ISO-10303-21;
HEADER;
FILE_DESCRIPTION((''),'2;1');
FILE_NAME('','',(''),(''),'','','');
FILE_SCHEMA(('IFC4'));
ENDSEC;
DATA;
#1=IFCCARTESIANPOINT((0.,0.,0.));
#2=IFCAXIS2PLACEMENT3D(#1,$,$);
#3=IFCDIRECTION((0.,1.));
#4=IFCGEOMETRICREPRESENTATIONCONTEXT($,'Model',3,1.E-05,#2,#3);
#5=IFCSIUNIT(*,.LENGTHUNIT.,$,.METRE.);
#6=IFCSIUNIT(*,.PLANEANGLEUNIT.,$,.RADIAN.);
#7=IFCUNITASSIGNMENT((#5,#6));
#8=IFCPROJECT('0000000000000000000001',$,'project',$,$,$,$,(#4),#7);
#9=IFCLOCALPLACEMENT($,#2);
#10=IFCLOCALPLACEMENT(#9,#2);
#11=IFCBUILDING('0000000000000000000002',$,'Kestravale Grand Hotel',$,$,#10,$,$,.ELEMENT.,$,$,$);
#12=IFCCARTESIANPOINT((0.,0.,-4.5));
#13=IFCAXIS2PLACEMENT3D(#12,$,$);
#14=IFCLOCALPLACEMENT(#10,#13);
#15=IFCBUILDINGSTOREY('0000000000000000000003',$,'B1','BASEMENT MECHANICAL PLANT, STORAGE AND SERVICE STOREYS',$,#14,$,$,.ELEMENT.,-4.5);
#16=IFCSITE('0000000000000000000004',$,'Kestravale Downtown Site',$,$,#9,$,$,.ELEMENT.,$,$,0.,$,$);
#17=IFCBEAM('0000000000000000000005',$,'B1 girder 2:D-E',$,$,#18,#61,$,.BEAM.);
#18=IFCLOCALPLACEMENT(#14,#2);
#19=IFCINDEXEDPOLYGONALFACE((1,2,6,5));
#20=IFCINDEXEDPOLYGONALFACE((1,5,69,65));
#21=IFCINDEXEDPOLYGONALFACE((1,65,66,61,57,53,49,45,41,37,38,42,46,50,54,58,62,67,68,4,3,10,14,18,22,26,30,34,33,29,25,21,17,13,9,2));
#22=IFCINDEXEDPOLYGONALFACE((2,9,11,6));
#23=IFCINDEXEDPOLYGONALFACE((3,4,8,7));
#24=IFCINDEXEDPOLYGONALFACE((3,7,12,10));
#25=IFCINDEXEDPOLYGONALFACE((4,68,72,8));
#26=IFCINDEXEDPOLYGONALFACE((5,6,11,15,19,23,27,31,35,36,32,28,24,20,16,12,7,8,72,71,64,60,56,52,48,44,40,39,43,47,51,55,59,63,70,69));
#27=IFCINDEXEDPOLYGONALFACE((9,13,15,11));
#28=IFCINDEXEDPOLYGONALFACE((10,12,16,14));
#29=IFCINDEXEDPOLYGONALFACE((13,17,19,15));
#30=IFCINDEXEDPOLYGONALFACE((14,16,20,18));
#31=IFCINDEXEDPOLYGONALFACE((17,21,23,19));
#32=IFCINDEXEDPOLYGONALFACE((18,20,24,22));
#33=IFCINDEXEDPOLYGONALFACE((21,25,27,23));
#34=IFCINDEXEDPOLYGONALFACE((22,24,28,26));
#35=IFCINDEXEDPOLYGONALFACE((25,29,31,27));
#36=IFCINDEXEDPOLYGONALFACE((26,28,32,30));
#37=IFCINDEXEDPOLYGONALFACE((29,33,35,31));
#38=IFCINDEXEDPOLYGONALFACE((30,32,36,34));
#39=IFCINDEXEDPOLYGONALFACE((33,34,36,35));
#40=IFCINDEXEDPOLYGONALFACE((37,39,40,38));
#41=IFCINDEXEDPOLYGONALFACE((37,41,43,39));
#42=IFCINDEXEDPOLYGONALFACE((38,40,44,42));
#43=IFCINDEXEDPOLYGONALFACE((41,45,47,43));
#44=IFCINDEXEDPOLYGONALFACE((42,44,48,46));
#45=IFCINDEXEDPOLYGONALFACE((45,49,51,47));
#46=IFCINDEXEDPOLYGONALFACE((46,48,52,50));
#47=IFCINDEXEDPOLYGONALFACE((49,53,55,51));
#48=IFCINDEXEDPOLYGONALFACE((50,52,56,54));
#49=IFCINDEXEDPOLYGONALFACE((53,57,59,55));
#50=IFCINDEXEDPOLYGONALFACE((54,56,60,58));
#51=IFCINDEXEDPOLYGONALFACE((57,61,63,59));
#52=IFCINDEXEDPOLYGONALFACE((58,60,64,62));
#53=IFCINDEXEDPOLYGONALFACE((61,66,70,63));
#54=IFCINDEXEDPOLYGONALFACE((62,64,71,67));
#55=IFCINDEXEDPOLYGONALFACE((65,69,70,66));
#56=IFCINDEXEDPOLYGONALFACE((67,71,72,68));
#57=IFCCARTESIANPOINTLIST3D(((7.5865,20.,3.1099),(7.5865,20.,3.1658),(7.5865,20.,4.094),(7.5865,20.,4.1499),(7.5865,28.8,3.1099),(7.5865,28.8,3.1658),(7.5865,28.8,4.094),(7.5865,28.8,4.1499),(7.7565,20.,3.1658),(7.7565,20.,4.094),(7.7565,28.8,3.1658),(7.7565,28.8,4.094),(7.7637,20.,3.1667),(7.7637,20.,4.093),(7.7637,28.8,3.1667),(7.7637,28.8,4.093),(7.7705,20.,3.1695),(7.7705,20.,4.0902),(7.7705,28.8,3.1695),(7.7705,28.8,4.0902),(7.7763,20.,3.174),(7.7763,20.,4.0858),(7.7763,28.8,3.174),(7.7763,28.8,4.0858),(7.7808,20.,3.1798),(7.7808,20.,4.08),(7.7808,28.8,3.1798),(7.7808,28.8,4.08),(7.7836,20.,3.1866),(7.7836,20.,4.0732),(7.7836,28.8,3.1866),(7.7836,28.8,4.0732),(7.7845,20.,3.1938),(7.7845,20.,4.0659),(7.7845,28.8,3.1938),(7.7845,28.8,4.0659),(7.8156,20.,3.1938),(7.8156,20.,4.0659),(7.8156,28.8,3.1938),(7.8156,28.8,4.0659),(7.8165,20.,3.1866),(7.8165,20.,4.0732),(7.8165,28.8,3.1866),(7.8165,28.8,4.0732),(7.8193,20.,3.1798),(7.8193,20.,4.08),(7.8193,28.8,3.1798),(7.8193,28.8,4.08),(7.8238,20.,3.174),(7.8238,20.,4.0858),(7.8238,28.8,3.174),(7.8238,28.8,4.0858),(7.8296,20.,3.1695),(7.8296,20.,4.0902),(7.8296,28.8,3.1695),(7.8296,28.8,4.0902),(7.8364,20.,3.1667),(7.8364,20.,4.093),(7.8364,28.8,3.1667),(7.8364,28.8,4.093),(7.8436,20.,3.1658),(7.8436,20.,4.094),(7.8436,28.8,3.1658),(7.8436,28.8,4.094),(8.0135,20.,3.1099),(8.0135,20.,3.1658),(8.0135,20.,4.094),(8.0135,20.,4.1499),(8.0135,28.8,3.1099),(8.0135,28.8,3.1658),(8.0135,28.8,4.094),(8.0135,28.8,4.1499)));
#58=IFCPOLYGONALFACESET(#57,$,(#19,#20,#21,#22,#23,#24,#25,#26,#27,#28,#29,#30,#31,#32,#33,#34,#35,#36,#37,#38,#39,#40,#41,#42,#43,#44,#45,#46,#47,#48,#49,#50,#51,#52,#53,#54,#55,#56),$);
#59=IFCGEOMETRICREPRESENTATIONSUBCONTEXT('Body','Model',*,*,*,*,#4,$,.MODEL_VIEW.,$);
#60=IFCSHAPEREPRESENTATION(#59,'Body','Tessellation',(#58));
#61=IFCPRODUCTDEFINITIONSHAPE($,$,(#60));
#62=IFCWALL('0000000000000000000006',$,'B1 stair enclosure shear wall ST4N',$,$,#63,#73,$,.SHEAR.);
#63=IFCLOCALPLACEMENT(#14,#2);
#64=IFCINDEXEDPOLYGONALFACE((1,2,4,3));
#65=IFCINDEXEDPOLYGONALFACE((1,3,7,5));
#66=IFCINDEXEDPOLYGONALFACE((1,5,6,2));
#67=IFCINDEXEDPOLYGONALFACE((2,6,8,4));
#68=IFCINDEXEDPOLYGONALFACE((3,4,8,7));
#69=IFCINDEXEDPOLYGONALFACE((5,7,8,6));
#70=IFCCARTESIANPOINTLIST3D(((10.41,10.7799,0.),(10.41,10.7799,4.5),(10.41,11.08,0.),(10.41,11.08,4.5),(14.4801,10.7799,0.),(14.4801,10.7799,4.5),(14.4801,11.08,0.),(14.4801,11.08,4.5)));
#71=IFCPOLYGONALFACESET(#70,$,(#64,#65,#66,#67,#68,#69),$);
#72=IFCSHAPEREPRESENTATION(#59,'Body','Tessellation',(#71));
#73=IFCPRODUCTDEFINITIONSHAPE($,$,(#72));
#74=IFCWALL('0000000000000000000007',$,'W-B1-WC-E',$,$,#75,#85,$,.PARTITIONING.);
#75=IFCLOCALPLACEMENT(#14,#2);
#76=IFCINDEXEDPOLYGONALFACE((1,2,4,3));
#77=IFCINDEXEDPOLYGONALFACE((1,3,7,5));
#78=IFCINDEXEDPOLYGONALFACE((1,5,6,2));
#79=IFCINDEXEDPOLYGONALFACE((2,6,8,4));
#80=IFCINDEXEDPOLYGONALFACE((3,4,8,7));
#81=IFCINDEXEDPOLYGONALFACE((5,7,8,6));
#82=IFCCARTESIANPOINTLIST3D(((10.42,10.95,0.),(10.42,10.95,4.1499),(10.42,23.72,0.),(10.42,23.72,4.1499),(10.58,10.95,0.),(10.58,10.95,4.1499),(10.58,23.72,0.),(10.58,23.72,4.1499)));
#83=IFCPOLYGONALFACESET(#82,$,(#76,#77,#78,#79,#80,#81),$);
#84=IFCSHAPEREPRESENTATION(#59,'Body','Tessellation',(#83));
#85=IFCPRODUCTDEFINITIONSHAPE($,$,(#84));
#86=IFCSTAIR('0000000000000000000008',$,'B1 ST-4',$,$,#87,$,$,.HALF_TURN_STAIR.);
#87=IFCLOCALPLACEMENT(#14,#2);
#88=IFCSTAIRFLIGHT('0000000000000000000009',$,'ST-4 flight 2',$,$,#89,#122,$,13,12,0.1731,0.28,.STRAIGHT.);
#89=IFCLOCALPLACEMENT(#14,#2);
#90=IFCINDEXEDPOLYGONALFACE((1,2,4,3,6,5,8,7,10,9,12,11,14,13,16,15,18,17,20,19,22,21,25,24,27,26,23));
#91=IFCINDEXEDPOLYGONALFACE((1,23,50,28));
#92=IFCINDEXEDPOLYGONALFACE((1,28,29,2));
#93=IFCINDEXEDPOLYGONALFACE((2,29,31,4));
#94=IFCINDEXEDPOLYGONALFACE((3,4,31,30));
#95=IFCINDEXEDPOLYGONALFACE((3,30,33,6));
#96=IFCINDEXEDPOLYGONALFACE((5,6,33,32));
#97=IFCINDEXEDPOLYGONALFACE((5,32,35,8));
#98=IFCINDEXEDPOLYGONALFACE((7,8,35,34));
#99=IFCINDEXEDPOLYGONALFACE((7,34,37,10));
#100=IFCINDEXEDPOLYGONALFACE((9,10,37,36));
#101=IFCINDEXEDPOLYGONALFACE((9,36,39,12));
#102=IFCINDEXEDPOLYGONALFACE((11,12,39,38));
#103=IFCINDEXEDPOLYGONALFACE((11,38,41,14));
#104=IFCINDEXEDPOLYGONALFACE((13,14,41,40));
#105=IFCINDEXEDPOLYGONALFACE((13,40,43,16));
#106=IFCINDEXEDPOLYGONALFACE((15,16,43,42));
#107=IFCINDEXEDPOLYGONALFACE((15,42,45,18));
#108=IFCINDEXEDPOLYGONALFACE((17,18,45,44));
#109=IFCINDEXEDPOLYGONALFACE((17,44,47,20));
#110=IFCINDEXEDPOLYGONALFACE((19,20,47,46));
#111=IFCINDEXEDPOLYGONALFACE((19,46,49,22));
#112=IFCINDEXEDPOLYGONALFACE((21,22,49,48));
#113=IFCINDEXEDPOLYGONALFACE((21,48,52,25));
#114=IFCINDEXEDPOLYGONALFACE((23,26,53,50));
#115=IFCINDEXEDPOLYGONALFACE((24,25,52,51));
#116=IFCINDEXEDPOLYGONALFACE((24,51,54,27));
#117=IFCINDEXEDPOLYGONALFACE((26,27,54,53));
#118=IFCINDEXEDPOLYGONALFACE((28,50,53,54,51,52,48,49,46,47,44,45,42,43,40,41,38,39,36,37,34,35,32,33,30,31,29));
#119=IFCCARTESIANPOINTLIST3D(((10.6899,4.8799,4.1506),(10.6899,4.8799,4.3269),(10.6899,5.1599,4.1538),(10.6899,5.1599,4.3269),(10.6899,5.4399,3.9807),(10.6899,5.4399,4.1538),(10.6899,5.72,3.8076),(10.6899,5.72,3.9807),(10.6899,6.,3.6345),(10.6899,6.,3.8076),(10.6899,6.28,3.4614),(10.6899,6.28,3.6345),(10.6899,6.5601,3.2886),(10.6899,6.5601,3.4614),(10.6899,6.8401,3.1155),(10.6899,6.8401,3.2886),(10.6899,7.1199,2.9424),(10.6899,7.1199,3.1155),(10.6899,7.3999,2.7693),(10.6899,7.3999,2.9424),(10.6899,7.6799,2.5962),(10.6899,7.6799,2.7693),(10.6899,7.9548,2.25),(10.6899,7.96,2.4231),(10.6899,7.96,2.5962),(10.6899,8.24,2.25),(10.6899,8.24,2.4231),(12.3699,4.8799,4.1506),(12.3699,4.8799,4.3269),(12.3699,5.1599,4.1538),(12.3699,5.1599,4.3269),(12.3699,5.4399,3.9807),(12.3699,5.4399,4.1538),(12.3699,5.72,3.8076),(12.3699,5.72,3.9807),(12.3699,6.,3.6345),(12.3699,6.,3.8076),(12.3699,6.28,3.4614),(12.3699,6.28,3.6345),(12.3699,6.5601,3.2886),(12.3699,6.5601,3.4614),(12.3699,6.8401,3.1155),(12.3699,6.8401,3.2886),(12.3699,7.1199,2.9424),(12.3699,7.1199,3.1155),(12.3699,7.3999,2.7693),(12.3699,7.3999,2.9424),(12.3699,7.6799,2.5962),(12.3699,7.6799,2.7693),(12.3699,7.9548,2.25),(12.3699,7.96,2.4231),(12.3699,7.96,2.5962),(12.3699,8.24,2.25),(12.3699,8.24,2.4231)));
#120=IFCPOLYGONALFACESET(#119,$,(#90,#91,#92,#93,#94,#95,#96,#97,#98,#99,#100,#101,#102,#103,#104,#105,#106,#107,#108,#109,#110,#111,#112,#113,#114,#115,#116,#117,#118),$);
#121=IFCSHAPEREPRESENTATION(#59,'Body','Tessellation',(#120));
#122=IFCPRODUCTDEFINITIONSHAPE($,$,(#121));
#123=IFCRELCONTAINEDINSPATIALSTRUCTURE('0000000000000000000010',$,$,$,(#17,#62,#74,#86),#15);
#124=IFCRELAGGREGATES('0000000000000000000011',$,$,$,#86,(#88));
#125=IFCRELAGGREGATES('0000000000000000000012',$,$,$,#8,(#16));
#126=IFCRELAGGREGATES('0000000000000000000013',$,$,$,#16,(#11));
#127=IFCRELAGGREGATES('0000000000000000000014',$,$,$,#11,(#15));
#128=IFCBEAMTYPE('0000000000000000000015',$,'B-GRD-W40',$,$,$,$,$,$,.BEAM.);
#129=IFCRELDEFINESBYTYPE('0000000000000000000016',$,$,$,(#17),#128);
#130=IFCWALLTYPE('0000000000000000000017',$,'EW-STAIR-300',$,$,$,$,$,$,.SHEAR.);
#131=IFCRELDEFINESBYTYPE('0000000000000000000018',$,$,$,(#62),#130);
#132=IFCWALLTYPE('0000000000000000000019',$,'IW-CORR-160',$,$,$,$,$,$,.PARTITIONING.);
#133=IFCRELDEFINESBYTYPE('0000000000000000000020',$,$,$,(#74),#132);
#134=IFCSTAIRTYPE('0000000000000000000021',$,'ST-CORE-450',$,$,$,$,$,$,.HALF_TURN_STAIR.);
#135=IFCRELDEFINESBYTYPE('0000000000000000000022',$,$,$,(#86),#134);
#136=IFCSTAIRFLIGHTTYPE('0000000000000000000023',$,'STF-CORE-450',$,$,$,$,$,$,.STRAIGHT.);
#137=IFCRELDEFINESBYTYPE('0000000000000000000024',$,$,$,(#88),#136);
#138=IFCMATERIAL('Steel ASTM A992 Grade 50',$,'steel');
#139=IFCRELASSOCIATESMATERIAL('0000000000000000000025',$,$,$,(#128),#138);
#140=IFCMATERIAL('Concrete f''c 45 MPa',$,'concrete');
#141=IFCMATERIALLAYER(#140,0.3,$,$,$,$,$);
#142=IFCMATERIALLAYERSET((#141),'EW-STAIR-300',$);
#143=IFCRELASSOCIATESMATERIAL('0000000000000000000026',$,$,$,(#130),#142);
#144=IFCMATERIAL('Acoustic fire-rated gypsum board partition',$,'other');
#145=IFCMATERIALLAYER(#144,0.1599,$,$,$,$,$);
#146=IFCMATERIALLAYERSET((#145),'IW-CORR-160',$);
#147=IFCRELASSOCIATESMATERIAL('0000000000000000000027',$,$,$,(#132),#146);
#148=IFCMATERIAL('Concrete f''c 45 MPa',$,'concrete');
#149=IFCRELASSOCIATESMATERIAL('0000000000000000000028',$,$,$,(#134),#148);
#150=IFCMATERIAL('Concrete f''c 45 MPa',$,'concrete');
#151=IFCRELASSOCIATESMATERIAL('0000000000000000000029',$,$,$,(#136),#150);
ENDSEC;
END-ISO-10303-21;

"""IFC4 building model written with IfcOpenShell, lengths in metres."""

from ifc_helpers import new_model, si_unit, direction, frame, frame_2d, origin, origin_2d, place, context, subcontext, project, spatial, polyline, rectangle, i_section, outline, extrude, material, layer, layer_set, material_profile, profile_set, type_object, element, aggregate, save


model = new_model("IFC4")

# Units and contexts
model_context = context("Model", 3, precision=1e-05, world=origin(), true_north=direction((0.0, 1.0)))
body_context = subcontext(model_context, "Body", "Model", "MODEL_VIEW")
ifc_project = project(units=[si_unit("LENGTHUNIT", "METRE"), si_unit("PLANEANGLEUNIT", "RADIAN")], contexts=[model_context])

# Site, building, storey
site_placement = place(None, origin())
site = spatial("IfcSite", under=ifc_project, at=site_placement, Name="Kestravale Downtown Site", CompositionType="ELEMENT", RefElevation=0.0)
building_placement = place(site_placement, origin())
building = spatial("IfcBuilding", under=site, at=building_placement, Name="Kestravale Grand Hotel", CompositionType="ELEMENT")
storey_placement = place(building_placement, frame((0.0, 0.0, -4.5)))
storey = spatial("IfcBuildingStorey", under=building, at=storey_placement, Name="B1", Description="BASEMENT MECHANICAL PLANT, STORAGE AND SERVICE STOREYS", CompositionType="ELEMENT", Elevation=-4.5)

# Beam
ifc_material_1 = material(Name="Steel ASTM A992 Grade 50", Category="steel")
ifc_material_profile_1 = material_profile(ifc_material_1, i_section(OverallWidth=0.427, OverallDepth=1.04, WebThickness=0.031, FlangeThickness=0.0559, FilletRadius=0.0281, at=origin_2d()))
ifc_profile_set_1 = profile_set([ifc_material_profile_1], Name="Steel ASTM A992 Grade 50")
beam_type_1 = type_object("IfcBeamType", Name="B-GRD-W40", PredefinedType="BEAM", material=ifc_profile_set_1)
for number, where, z_axis, x_axis, name in (
    (1, (7.8, 20.0, 3.6299), (0.0, 1.0, 0.0), (-1.0, 0.0, 0.0), "B1 girder 2:D-E"),
):
    element("IfcBeam", number, at=place(storey_placement, frame(where, z_axis=z_axis, x_axis=x_axis)), inside=storey, type_object=beam_type_1, Name=name, PredefinedType="BEAM", context=body_context, shape_type="SweptSolid", body=[
        extrude(i_section(OverallWidth=0.427, OverallDepth=1.04, WebThickness=0.031, FlangeThickness=0.0559, FilletRadius=0.0281, at=origin_2d()), origin(), (0.0, 0.0, 1.0), 8.8),
    ])

# Walls
ifc_material_2 = material(Name="Concrete f'c 45 MPa", Category="concrete")
ifc_layer_1 = layer(ifc_material_2, 0.3)
ifc_layer_set_1 = layer_set([ifc_layer_1], Name="EW-STAIR-300")
wall_type_1 = type_object("IfcWallType", Name="EW-STAIR-300", PredefinedType="SHEAR", material=ifc_layer_set_1)
wall_1_placement = place(storey_placement, frame((10.4099, 10.9299, 0.0), z_axis=(0.0, 0.0, 1.0), x_axis=(1.0, 0.0, 0.0)))
element("IfcWall", 2, at=wall_1_placement, inside=storey, type_object=wall_type_1, Name="B1 stair enclosure shear wall ST4N", PredefinedType="SHEAR", context=body_context, shape_type="SweptSolid", body=[
    extrude(rectangle(XDim=4.0701, YDim=0.3, at=frame_2d((2.0352, 0.0))), origin(), (0.0, 0.0, 1.0), 4.5),
])
ifc_material_3 = material(Name="Acoustic fire-rated gypsum board partition", Category="other")
ifc_layer_2 = layer(ifc_material_3, 0.1599)
ifc_layer_set_2 = layer_set([ifc_layer_2], Name="IW-CORR-160")
wall_type_2 = type_object("IfcWallType", Name="IW-CORR-160", PredefinedType="PARTITIONING", material=ifc_layer_set_2)
wall_2_placement = place(storey_placement, frame((10.5, 10.95, 0.0), z_axis=(0.0, 0.0, 1.0), x_axis=(0.0, 1.0, 0.0)))
element("IfcWall", 3, at=wall_2_placement, inside=storey, type_object=wall_type_2, Name="W-B1-WC-E", PredefinedType="PARTITIONING", context=body_context, shape_type="SweptSolid", body=[
    extrude(rectangle(XDim=12.77, YDim=0.1599, at=frame_2d((6.385, 0.0))), origin(), (0.0, 0.0, 1.0), 4.1499),
])

# Stair, stair flight
ifc_material_4 = material(Name="Concrete f'c 45 MPa", Category="concrete")
stair_type = type_object("IfcStairType", Name="ST-CORE-450", PredefinedType="HALF_TURN_STAIR", material=ifc_material_4)
stair_placement = place(storey_placement, origin())
stair = element("IfcStair", 4, at=stair_placement, inside=storey, type_object=stair_type, Name="B1 ST-4", PredefinedType="HALF_TURN_STAIR")
ifc_material_5 = material(Name="Concrete f'c 45 MPa", Category="concrete")
stair_flight_type = type_object("IfcStairFlightType", Name="STF-CORE-450", PredefinedType="STRAIGHT", material=ifc_material_5)
stair_flight_placement = place(storey_placement, frame((11.53, 8.24, 2.25), z_axis=(0.0, 0.0, 1.0), x_axis=(0.0, -1.0, 0.0)))
stair_flight = element("IfcStairFlight", 5, at=stair_flight_placement, type_object=stair_flight_type, Name="ST-4 flight 2", NumberOfRisers=13, NumberOfTreads=12, PredefinedType="STRAIGHT", RiserHeight=0.1731, TreadLength=0.28, context=body_context, shape_type="SweptSolid", body=[
    extrude(outline(polyline([(0.0, 0.0), (0.0, 0.1731), (0.28, 0.1731), (0.28, 0.3462), (0.5601, 0.3462), (0.5601, 0.5193), (0.8401, 0.5193), (0.8401, 0.6924), (1.1201, 0.6924), (1.1201, 0.8655), (1.3999, 0.8655), (1.3999, 1.0386), (1.6799, 1.0386), (1.6799, 1.2114), (1.96, 1.2114), (1.96, 1.3845), (2.24, 1.3845), (2.24, 1.5576), (2.52, 1.5576), (2.52, 1.7307), (2.8, 1.7307), (2.8, 1.9038), (3.0801, 1.9038), (3.0801, 2.0769), (3.3601, 2.0769), (3.3601, 2.25), (3.3601, 1.9006), (0.2852, 0.0), (0.0, 0.0)])), frame((0.0, 0.8398, 0.0), z_axis=(0.0, -1.0, 0.0), x_axis=(1.0, 0.0, 0.0)), (0.0, 0.0, 1.0), 1.6799),
])
aggregate(stair, [stair_flight])

save(model, "model.ifc")
